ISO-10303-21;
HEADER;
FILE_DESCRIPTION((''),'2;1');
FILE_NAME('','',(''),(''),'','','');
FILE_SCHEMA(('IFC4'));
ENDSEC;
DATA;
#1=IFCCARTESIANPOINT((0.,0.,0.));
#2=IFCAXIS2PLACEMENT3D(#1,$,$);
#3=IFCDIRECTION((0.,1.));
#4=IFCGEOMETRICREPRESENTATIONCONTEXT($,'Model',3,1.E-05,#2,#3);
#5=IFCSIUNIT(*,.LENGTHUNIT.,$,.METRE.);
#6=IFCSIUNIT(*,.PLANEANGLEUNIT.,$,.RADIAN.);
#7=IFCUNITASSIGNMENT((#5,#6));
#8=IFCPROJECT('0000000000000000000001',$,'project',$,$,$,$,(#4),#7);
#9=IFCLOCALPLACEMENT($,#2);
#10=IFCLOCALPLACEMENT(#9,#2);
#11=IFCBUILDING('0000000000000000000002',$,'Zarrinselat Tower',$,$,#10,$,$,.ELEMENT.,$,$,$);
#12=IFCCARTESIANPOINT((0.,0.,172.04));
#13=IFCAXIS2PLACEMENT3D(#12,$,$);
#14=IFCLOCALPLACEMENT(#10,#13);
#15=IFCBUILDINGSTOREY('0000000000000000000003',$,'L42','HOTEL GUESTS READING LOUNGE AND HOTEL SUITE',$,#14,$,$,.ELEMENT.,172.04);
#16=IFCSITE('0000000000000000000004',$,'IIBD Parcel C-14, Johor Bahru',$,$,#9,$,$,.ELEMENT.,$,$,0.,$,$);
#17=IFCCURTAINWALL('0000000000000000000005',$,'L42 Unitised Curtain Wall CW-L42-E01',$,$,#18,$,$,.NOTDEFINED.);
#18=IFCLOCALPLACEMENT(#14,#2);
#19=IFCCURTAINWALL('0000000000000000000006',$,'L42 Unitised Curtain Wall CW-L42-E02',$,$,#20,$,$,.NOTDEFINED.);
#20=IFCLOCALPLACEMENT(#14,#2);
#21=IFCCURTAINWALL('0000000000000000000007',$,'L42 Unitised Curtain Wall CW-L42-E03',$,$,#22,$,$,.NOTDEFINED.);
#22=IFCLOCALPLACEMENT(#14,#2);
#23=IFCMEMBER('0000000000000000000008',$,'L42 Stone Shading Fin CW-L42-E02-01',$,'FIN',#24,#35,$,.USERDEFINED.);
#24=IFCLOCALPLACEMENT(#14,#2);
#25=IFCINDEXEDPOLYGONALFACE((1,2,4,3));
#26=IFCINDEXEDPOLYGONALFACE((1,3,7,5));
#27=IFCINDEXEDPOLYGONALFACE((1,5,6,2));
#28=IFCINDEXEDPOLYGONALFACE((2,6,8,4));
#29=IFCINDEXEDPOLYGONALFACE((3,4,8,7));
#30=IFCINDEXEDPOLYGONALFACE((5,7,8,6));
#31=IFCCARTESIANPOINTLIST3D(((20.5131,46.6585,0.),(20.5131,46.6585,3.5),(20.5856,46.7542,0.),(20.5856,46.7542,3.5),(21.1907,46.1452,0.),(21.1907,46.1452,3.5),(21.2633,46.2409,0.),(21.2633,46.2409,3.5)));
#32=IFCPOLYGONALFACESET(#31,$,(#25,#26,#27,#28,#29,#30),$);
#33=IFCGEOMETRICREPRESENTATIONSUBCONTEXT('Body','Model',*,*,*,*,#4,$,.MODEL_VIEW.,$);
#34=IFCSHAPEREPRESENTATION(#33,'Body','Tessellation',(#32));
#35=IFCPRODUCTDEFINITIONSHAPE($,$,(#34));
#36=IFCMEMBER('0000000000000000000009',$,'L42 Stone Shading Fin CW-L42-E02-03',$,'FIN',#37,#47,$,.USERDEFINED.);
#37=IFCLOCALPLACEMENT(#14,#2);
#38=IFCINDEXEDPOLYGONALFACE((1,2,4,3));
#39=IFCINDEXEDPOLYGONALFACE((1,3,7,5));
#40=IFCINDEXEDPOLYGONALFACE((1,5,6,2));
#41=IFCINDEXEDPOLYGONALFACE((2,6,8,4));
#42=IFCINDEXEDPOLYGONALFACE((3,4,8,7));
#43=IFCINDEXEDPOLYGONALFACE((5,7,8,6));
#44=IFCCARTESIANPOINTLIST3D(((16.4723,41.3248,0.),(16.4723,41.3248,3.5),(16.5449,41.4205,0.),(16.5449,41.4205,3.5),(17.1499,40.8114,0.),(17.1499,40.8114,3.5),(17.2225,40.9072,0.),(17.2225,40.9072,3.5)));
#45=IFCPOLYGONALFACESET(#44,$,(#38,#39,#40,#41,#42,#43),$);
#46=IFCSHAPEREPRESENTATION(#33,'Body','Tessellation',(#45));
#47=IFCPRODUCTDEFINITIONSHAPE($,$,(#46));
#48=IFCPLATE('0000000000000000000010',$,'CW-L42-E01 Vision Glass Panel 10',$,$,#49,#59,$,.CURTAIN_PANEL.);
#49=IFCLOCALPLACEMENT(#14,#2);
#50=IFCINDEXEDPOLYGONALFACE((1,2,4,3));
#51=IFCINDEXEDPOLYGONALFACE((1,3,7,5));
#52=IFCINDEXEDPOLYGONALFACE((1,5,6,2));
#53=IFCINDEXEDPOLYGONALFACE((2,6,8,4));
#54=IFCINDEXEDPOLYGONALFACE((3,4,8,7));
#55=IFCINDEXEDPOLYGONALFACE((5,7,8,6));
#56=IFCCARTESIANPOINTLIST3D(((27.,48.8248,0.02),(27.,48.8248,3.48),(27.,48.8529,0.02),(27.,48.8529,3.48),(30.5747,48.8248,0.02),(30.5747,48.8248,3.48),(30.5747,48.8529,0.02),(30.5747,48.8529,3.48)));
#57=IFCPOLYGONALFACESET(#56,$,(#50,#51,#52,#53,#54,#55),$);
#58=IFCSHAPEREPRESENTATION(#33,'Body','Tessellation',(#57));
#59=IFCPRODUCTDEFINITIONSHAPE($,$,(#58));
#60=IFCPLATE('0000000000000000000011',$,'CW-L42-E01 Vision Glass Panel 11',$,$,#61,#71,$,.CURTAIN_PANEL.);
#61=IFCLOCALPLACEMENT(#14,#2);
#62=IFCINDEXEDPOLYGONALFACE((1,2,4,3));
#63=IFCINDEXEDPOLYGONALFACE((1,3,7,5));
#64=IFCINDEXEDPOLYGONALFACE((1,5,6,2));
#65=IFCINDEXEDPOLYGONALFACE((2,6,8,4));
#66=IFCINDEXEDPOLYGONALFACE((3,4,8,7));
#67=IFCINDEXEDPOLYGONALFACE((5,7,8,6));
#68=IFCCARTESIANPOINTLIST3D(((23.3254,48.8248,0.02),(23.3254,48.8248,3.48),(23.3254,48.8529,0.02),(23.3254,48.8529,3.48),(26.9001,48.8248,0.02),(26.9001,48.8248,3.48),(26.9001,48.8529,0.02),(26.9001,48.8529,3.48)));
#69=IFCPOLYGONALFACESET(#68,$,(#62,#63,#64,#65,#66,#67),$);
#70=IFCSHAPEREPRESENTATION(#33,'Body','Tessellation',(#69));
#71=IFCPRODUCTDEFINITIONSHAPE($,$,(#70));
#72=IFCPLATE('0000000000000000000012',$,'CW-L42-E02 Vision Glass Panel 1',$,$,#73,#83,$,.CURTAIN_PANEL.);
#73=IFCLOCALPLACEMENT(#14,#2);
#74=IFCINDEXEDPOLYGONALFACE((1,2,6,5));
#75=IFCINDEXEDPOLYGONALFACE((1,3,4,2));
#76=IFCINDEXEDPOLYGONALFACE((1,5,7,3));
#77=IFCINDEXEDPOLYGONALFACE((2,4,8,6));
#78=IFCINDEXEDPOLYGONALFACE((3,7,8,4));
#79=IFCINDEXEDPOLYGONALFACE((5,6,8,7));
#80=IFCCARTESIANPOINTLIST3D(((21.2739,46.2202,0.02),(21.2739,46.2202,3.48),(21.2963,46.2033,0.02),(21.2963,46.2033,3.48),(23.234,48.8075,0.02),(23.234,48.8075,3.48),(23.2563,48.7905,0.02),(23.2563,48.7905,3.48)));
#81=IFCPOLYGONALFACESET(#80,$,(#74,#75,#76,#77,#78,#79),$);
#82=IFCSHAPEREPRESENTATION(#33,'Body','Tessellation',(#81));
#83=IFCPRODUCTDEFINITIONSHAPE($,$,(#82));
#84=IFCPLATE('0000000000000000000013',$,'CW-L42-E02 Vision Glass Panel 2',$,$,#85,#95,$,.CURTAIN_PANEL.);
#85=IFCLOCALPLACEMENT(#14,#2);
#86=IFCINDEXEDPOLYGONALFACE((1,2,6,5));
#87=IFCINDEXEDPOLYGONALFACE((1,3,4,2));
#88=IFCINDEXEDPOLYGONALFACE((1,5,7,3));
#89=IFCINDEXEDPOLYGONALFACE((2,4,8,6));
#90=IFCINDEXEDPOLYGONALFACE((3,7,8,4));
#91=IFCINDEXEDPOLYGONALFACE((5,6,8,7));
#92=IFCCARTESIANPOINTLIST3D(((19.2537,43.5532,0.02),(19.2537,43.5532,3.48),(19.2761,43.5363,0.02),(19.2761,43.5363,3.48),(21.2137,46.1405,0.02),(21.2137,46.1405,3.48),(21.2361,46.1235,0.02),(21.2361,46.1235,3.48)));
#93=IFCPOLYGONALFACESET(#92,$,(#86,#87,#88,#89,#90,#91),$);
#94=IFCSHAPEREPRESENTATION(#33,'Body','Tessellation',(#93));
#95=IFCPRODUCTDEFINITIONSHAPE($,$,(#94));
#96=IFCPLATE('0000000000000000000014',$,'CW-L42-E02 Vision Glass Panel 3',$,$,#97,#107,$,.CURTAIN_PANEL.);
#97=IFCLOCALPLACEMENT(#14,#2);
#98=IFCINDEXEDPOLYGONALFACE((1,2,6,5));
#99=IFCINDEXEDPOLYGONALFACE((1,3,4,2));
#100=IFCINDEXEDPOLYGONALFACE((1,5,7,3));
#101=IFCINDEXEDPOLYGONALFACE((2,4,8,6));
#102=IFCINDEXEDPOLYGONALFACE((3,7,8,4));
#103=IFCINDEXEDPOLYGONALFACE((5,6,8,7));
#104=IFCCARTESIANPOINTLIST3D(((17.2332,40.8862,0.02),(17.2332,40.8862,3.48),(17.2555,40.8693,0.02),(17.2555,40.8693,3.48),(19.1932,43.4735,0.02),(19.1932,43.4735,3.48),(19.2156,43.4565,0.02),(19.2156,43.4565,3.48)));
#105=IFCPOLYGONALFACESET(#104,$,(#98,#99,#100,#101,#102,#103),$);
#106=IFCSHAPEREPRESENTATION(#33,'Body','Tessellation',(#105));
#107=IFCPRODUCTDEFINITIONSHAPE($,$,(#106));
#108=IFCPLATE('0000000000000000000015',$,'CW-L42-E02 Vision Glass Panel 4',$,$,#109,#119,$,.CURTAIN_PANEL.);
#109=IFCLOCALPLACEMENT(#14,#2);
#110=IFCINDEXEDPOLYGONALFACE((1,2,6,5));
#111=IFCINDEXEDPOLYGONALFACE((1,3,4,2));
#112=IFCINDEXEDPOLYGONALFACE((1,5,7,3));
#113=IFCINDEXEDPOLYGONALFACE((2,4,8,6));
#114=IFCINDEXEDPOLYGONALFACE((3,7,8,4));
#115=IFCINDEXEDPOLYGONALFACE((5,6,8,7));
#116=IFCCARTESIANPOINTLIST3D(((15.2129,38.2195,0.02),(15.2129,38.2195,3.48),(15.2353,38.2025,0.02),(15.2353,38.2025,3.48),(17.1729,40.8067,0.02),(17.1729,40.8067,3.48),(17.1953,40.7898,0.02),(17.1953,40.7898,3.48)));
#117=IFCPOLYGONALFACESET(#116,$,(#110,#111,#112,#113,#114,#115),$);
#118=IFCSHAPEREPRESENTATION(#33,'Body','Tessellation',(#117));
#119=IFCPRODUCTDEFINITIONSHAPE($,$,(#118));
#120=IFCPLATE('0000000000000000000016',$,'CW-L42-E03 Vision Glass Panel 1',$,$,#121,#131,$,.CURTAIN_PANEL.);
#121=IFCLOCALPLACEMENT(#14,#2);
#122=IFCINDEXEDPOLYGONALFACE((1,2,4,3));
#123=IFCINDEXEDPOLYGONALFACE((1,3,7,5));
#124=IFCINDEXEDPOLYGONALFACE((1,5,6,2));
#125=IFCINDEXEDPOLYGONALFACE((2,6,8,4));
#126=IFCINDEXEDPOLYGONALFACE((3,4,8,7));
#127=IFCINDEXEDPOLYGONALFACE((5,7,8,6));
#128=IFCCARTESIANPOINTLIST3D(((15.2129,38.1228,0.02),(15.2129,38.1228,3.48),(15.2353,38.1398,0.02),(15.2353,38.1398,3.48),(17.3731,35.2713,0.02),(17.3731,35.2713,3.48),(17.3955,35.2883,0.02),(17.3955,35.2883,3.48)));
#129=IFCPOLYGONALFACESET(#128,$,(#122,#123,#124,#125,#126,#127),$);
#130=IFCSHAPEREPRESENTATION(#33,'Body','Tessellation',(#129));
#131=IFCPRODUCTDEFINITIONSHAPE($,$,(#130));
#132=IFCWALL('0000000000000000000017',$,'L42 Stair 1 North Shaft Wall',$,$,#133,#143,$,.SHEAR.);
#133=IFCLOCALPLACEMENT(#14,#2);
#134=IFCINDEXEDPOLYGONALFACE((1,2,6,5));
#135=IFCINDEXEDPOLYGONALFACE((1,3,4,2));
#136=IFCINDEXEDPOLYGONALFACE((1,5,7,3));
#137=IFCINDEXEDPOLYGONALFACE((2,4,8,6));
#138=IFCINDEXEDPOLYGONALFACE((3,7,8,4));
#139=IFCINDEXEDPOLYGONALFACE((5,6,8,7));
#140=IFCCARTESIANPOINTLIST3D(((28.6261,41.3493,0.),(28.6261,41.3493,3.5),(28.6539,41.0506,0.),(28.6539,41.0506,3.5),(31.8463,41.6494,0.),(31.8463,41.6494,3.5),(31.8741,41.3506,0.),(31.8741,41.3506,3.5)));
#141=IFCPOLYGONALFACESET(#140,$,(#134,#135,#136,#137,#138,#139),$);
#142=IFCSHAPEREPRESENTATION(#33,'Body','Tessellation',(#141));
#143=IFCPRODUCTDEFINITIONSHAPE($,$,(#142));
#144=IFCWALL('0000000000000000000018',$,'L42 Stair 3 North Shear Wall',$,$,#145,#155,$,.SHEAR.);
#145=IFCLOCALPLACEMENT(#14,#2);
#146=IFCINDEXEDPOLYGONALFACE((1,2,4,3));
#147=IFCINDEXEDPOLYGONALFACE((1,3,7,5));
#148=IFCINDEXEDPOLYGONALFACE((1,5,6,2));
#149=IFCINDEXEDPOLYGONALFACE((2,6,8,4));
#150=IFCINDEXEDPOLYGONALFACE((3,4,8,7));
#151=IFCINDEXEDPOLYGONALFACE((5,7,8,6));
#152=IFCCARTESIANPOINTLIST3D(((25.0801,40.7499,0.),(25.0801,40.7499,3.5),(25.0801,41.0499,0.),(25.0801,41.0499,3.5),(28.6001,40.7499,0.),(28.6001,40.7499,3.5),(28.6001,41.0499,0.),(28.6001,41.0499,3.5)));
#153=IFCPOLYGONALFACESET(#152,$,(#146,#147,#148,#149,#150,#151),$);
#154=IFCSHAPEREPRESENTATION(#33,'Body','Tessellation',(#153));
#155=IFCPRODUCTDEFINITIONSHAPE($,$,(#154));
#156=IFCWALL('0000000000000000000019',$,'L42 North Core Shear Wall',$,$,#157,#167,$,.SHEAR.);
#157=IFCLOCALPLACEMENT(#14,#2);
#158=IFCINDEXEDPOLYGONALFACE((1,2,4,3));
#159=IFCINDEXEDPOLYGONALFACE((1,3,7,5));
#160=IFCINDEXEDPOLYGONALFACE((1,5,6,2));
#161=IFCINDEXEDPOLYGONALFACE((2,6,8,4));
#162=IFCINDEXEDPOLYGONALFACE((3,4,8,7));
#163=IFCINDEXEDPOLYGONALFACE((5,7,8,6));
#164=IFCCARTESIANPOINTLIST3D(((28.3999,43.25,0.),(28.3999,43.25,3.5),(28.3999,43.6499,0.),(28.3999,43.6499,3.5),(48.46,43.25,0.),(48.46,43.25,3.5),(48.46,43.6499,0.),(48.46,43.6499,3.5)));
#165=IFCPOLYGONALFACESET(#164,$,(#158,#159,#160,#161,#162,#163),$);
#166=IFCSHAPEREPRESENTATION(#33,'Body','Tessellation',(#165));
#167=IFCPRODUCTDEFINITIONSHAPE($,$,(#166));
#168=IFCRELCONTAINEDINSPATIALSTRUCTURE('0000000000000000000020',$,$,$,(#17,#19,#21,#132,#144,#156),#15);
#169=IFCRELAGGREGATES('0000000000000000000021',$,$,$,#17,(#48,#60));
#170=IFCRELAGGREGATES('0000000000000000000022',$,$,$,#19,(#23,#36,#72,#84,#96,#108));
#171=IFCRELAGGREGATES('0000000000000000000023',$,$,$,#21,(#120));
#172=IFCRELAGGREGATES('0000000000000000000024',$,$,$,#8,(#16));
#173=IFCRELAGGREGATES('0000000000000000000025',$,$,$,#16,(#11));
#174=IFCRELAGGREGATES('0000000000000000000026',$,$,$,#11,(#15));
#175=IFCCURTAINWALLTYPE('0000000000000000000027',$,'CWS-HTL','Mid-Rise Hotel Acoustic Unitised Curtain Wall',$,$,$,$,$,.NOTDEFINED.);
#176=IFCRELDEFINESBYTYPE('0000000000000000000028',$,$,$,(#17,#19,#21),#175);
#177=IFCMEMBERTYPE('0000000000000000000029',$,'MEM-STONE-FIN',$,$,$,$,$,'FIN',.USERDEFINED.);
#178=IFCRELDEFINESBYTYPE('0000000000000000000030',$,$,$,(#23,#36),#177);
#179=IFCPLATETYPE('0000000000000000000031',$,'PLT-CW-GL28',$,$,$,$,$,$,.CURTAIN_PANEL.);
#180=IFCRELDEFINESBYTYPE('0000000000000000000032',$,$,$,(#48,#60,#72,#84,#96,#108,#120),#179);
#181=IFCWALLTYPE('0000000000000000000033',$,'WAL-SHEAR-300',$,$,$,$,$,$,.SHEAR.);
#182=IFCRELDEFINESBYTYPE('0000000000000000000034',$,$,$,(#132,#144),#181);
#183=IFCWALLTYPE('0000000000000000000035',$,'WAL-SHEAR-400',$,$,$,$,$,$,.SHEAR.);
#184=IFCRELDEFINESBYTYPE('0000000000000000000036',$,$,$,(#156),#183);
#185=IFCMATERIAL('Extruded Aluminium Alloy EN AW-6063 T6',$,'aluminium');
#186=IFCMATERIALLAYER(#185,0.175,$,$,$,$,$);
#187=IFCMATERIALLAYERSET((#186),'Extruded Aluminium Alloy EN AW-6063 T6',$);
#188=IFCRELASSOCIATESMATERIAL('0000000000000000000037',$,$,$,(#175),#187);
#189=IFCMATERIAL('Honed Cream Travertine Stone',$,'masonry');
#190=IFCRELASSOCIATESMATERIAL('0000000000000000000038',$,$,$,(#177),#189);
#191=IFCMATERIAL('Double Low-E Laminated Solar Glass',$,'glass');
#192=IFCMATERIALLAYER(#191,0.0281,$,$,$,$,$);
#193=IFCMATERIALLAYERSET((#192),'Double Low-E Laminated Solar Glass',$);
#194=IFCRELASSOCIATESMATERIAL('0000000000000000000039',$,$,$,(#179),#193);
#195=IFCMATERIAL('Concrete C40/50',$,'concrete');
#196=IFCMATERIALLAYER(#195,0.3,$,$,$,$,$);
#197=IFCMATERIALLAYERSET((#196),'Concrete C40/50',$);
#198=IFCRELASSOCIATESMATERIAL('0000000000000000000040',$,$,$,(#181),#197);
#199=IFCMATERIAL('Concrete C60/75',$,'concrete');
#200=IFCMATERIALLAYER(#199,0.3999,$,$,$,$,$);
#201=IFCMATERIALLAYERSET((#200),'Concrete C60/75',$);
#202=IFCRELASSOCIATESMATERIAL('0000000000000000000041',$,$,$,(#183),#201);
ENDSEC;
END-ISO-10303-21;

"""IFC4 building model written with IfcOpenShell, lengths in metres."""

from ifc_helpers import new_model, si_unit, direction, frame, frame_2d, origin, origin_2d, place, context, subcontext, project, spatial, rectangle, extrude, material, layer, layer_set, material_profile, profile_set, type_object, element, aggregate, save


model = new_model("IFC4")

# Units and contexts
model_context = context("Model", 3, precision=1e-05, world=origin(), true_north=direction((0.0, 1.0)))
body_context = subcontext(model_context, "Body", "Model", "MODEL_VIEW")
ifc_project = project(units=[si_unit("LENGTHUNIT", "METRE"), si_unit("PLANEANGLEUNIT", "RADIAN")], contexts=[model_context])

# Site, building, storey
site_placement = place(None, origin())
site = spatial("IfcSite", under=ifc_project, at=site_placement, Name="IIBD Parcel C-14, Johor Bahru", CompositionType="ELEMENT", RefElevation=0.0)
building_placement = place(site_placement, origin())
building = spatial("IfcBuilding", under=site, at=building_placement, Name="Zarrinselat Tower", CompositionType="ELEMENT")
storey_placement = place(building_placement, frame((0.0, 0.0, 172.04)))
storey = spatial("IfcBuildingStorey", under=building, at=storey_placement, Name="L42", Description="HOTEL GUESTS READING LOUNGE AND HOTEL SUITE", CompositionType="ELEMENT", Elevation=172.04)

# Curtain walls
ifc_material_1 = material(Name="Extruded Aluminium Alloy EN AW-6063 T6", Category="aluminium")
ifc_layer_1 = layer(ifc_material_1, 0.175)
ifc_layer_set_1 = layer_set([ifc_layer_1], Name="Extruded Aluminium Alloy EN AW-6063 T6")
curtain_wall_type = type_object("IfcCurtainWallType", Name="CWS-HTL", Description="Mid-Rise Hotel Acoustic Unitised Curtain Wall", PredefinedType="NOTDEFINED", material=ifc_layer_set_1)
curtain_wall_1_placement = place(storey_placement, origin())
curtain_wall_1 = element("IfcCurtainWall", 1, at=curtain_wall_1_placement, inside=storey, type_object=curtain_wall_type, Name="L42 Unitised Curtain Wall CW-L42-E01", PredefinedType="NOTDEFINED")
curtain_wall_2_placement = place(storey_placement, origin())
curtain_wall_2 = element("IfcCurtainWall", 2, at=curtain_wall_2_placement, inside=storey, type_object=curtain_wall_type, Name="L42 Unitised Curtain Wall CW-L42-E02", PredefinedType="NOTDEFINED")

# Curtain wall
curtain_wall_3_placement = place(storey_placement, origin())
curtain_wall_3 = element("IfcCurtainWall", 3, at=curtain_wall_3_placement, inside=storey, type_object=curtain_wall_type, Name="L42 Unitised Curtain Wall CW-L42-E03", PredefinedType="NOTDEFINED")

# Members
ifc_material_2 = material(Name="Honed Cream Travertine Stone", Category="masonry")
ifc_material_profile_1 = material_profile(ifc_material_2, rectangle(XDim=0.1201, YDim=0.8501, at=origin_2d()), Name="FIN 850x120")
ifc_profile_set_1 = profile_set([ifc_material_profile_1], Name="Honed Cream Travertine Stone")
member_type_1 = type_object("IfcMemberType", Name="MEM-STONE-FIN", ElementType="FIN", PredefinedType="USERDEFINED", material=ifc_profile_set_1)
member_1_placement = place(storey_placement, frame((20.8882, 46.4497, 0.0), z_axis=(0.0, 0.0, 1.0), x_axis=(0.603855, 0.797095, 0.0)))
member_1 = element("IfcMember", 4, at=member_1_placement, type_object=member_type_1, Name="L42 Stone Shading Fin CW-L42-E02-01", ObjectType="FIN", PredefinedType="USERDEFINED", context=body_context, shape_type="SweptSolid", body=[
    extrude(rectangle(XDim=0.1201, YDim=0.8501, at=origin_2d()), origin(), (0.0, 0.0, 1.0), 3.5),
])
member_2_placement = place(storey_placement, frame((16.8474, 41.116, 0.0), z_axis=(0.0, 0.0, 1.0), x_axis=(0.603855, 0.797095, 0.0)))
member_2 = element("IfcMember", 5, at=member_2_placement, type_object=member_type_1, Name="L42 Stone Shading Fin CW-L42-E02-03", ObjectType="FIN", PredefinedType="USERDEFINED", context=body_context, shape_type="SweptSolid", body=[
    extrude(rectangle(XDim=0.1201, YDim=0.8501, at=origin_2d()), origin(), (0.0, 0.0, 1.0), 3.5),
])

# Plates
ifc_material_3 = material(Name="Double Low-E Laminated Solar Glass", Category="glass")
ifc_layer_2 = layer(ifc_material_3, 0.0281)
ifc_layer_set_2 = layer_set([ifc_layer_2], Name="Double Low-E Laminated Solar Glass")
plate_type = type_object("IfcPlateType", Name="PLT-CW-GL28", PredefinedType="CURTAIN_PANEL", material=ifc_layer_set_2)
plate_1_placement = place(storey_placement, frame((28.7874, 48.8389, 0.02), z_axis=(0.0, 0.0, 1.0), x_axis=(-1.0, 0.0, 0.0)))
plate_1 = element("IfcPlate", 6, at=plate_1_placement, type_object=plate_type, Name="CW-L42-E01 Vision Glass Panel 10", PredefinedType="CURTAIN_PANEL", context=body_context, shape_type="SweptSolid", body=[
    extrude(rectangle(XDim=3.5747, YDim=0.0281, at=origin_2d()), origin(), (0.0, 0.0, 1.0), 3.46),
])
plate_2_placement = place(storey_placement, frame((25.1128, 48.8389, 0.02), z_axis=(0.0, 0.0, 1.0), x_axis=(-1.0, 0.0, 0.0)))
plate_2 = element("IfcPlate", 7, at=plate_2_placement, type_object=plate_type, Name="CW-L42-E01 Vision Glass Panel 11", PredefinedType="CURTAIN_PANEL", context=body_context, shape_type="SweptSolid", body=[
    extrude(rectangle(XDim=3.5747, YDim=0.0281, at=origin_2d()), origin(), (0.0, 0.0, 1.0), 3.46),
])
aggregate(curtain_wall_1, [plate_1, plate_2])
plate_3_placement = place(storey_placement, frame((22.2651, 47.5054, 0.02), z_axis=(0.0, 0.0, 1.0), x_axis=(-0.603855, -0.797095, 0.0)))
plate_3 = element("IfcPlate", 8, at=plate_3_placement, type_object=plate_type, Name="CW-L42-E02 Vision Glass Panel 1", PredefinedType="CURTAIN_PANEL", context=body_context, shape_type="SweptSolid", body=[
    extrude(rectangle(XDim=3.2458, YDim=0.0281, at=origin_2d()), origin(), (0.0, 0.0, 1.0), 3.46),
])
plate_4_placement = place(storey_placement, frame((20.2449, 44.8384, 0.02), z_axis=(0.0, 0.0, 1.0), x_axis=(-0.603855, -0.797095, 0.0)))
plate_4 = element("IfcPlate", 9, at=plate_4_placement, type_object=plate_type, Name="CW-L42-E02 Vision Glass Panel 2", PredefinedType="CURTAIN_PANEL", context=body_context, shape_type="SweptSolid", body=[
    extrude(rectangle(XDim=3.2458, YDim=0.0281, at=origin_2d()), origin(), (0.0, 0.0, 1.0), 3.46),
])
plate_5_placement = place(storey_placement, frame((18.2244, 42.1714, 0.02), z_axis=(0.0, 0.0, 1.0), x_axis=(-0.603855, -0.797095, 0.0)))
plate_5 = element("IfcPlate", 10, at=plate_5_placement, type_object=plate_type, Name="CW-L42-E02 Vision Glass Panel 3", PredefinedType="CURTAIN_PANEL", context=body_context, shape_type="SweptSolid", body=[
    extrude(rectangle(XDim=3.2458, YDim=0.0281, at=origin_2d()), origin(), (0.0, 0.0, 1.0), 3.46),
])
plate_6_placement = place(storey_placement, frame((16.2041, 39.5046, 0.02), z_axis=(0.0, 0.0, 1.0), x_axis=(-0.603855, -0.797095, 0.0)))
plate_6 = element("IfcPlate", 11, at=plate_6_placement, type_object=plate_type, Name="CW-L42-E02 Vision Glass Panel 4", PredefinedType="CURTAIN_PANEL", context=body_context, shape_type="SweptSolid", body=[
    extrude(rectangle(XDim=3.2458, YDim=0.0281, at=origin_2d()), origin(), (0.0, 0.0, 1.0), 3.46),
])
aggregate(curtain_wall_2, [member_1, member_2, plate_3, plate_4, plate_5, plate_6])
plate_7_placement = place(storey_placement, frame((16.3042, 36.7056, 0.02), z_axis=(0.0, 0.0, 1.0), x_axis=(0.603858, -0.797092, 0.0)))
plate_7 = element("IfcPlate", 12, at=plate_7_placement, type_object=plate_type, Name="CW-L42-E03 Vision Glass Panel 1", PredefinedType="CURTAIN_PANEL", context=body_context, shape_type="SweptSolid", body=[
    extrude(rectangle(XDim=3.5774, YDim=0.0281, at=origin_2d()), origin(), (0.0, 0.0, 1.0), 3.46),
])
aggregate(curtain_wall_3, [plate_7])

# Walls
ifc_material_4 = material(Name="Concrete C40/50", Category="concrete")
ifc_layer_3 = layer(ifc_material_4, 0.3)
ifc_layer_set_3 = layer_set([ifc_layer_3], Name="Concrete C40/50")
wall_type_1 = type_object("IfcWallType", Name="WAL-SHEAR-300", PredefinedType="SHEAR", material=ifc_layer_set_3)
wall_1_placement = place(storey_placement, frame((28.6399, 41.2, 0.0), z_axis=(0.0, 0.0, 1.0), x_axis=(0.995687, 0.092775, 0.0)))
element("IfcWall", 13, at=wall_1_placement, inside=storey, type_object=wall_type_1, Name="L42 Stair 1 North Shaft Wall", PredefinedType="SHEAR", context=body_context, shape_type="SweptSolid", body=[
    extrude(rectangle(XDim=3.2341, YDim=0.3, at=frame_2d((1.6172, 0.0))), origin(), (0.0, 0.0, 1.0), 3.5),
])
wall_2_placement = place(storey_placement, frame((25.0801, 40.8999, 0.0), z_axis=(0.0, 0.0, 1.0), x_axis=(1.0, 0.0, 0.0)))
element("IfcWall", 14, at=wall_2_placement, inside=storey, type_object=wall_type_1, Name="L42 Stair 3 North Shear Wall", PredefinedType="SHEAR", context=body_context, shape_type="SweptSolid", body=[
    extrude(rectangle(XDim=3.52, YDim=0.3, at=frame_2d((1.76, 0.0))), origin(), (0.0, 0.0, 1.0), 3.5),
])
ifc_material_5 = material(Name="Concrete C60/75", Category="concrete")
ifc_layer_4 = layer(ifc_material_5, 0.3999)
ifc_layer_set_4 = layer_set([ifc_layer_4], Name="Concrete C60/75")
wall_type_2 = type_object("IfcWallType", Name="WAL-SHEAR-400", PredefinedType="SHEAR", material=ifc_layer_set_4)
wall_3_placement = place(storey_placement, frame((28.3999, 43.45, 0.0), z_axis=(0.0, 0.0, 1.0), x_axis=(1.0, 0.0, 0.0)))
element("IfcWall", 15, at=wall_3_placement, inside=storey, type_object=wall_type_2, Name="L42 North Core Shear Wall", PredefinedType="SHEAR", context=body_context, shape_type="SweptSolid", body=[
    extrude(rectangle(XDim=20.0601, YDim=0.3999, at=frame_2d((10.03, 0.0))), origin(), (0.0, 0.0, 1.0), 3.5),
])

save(model, "model.ifc")
